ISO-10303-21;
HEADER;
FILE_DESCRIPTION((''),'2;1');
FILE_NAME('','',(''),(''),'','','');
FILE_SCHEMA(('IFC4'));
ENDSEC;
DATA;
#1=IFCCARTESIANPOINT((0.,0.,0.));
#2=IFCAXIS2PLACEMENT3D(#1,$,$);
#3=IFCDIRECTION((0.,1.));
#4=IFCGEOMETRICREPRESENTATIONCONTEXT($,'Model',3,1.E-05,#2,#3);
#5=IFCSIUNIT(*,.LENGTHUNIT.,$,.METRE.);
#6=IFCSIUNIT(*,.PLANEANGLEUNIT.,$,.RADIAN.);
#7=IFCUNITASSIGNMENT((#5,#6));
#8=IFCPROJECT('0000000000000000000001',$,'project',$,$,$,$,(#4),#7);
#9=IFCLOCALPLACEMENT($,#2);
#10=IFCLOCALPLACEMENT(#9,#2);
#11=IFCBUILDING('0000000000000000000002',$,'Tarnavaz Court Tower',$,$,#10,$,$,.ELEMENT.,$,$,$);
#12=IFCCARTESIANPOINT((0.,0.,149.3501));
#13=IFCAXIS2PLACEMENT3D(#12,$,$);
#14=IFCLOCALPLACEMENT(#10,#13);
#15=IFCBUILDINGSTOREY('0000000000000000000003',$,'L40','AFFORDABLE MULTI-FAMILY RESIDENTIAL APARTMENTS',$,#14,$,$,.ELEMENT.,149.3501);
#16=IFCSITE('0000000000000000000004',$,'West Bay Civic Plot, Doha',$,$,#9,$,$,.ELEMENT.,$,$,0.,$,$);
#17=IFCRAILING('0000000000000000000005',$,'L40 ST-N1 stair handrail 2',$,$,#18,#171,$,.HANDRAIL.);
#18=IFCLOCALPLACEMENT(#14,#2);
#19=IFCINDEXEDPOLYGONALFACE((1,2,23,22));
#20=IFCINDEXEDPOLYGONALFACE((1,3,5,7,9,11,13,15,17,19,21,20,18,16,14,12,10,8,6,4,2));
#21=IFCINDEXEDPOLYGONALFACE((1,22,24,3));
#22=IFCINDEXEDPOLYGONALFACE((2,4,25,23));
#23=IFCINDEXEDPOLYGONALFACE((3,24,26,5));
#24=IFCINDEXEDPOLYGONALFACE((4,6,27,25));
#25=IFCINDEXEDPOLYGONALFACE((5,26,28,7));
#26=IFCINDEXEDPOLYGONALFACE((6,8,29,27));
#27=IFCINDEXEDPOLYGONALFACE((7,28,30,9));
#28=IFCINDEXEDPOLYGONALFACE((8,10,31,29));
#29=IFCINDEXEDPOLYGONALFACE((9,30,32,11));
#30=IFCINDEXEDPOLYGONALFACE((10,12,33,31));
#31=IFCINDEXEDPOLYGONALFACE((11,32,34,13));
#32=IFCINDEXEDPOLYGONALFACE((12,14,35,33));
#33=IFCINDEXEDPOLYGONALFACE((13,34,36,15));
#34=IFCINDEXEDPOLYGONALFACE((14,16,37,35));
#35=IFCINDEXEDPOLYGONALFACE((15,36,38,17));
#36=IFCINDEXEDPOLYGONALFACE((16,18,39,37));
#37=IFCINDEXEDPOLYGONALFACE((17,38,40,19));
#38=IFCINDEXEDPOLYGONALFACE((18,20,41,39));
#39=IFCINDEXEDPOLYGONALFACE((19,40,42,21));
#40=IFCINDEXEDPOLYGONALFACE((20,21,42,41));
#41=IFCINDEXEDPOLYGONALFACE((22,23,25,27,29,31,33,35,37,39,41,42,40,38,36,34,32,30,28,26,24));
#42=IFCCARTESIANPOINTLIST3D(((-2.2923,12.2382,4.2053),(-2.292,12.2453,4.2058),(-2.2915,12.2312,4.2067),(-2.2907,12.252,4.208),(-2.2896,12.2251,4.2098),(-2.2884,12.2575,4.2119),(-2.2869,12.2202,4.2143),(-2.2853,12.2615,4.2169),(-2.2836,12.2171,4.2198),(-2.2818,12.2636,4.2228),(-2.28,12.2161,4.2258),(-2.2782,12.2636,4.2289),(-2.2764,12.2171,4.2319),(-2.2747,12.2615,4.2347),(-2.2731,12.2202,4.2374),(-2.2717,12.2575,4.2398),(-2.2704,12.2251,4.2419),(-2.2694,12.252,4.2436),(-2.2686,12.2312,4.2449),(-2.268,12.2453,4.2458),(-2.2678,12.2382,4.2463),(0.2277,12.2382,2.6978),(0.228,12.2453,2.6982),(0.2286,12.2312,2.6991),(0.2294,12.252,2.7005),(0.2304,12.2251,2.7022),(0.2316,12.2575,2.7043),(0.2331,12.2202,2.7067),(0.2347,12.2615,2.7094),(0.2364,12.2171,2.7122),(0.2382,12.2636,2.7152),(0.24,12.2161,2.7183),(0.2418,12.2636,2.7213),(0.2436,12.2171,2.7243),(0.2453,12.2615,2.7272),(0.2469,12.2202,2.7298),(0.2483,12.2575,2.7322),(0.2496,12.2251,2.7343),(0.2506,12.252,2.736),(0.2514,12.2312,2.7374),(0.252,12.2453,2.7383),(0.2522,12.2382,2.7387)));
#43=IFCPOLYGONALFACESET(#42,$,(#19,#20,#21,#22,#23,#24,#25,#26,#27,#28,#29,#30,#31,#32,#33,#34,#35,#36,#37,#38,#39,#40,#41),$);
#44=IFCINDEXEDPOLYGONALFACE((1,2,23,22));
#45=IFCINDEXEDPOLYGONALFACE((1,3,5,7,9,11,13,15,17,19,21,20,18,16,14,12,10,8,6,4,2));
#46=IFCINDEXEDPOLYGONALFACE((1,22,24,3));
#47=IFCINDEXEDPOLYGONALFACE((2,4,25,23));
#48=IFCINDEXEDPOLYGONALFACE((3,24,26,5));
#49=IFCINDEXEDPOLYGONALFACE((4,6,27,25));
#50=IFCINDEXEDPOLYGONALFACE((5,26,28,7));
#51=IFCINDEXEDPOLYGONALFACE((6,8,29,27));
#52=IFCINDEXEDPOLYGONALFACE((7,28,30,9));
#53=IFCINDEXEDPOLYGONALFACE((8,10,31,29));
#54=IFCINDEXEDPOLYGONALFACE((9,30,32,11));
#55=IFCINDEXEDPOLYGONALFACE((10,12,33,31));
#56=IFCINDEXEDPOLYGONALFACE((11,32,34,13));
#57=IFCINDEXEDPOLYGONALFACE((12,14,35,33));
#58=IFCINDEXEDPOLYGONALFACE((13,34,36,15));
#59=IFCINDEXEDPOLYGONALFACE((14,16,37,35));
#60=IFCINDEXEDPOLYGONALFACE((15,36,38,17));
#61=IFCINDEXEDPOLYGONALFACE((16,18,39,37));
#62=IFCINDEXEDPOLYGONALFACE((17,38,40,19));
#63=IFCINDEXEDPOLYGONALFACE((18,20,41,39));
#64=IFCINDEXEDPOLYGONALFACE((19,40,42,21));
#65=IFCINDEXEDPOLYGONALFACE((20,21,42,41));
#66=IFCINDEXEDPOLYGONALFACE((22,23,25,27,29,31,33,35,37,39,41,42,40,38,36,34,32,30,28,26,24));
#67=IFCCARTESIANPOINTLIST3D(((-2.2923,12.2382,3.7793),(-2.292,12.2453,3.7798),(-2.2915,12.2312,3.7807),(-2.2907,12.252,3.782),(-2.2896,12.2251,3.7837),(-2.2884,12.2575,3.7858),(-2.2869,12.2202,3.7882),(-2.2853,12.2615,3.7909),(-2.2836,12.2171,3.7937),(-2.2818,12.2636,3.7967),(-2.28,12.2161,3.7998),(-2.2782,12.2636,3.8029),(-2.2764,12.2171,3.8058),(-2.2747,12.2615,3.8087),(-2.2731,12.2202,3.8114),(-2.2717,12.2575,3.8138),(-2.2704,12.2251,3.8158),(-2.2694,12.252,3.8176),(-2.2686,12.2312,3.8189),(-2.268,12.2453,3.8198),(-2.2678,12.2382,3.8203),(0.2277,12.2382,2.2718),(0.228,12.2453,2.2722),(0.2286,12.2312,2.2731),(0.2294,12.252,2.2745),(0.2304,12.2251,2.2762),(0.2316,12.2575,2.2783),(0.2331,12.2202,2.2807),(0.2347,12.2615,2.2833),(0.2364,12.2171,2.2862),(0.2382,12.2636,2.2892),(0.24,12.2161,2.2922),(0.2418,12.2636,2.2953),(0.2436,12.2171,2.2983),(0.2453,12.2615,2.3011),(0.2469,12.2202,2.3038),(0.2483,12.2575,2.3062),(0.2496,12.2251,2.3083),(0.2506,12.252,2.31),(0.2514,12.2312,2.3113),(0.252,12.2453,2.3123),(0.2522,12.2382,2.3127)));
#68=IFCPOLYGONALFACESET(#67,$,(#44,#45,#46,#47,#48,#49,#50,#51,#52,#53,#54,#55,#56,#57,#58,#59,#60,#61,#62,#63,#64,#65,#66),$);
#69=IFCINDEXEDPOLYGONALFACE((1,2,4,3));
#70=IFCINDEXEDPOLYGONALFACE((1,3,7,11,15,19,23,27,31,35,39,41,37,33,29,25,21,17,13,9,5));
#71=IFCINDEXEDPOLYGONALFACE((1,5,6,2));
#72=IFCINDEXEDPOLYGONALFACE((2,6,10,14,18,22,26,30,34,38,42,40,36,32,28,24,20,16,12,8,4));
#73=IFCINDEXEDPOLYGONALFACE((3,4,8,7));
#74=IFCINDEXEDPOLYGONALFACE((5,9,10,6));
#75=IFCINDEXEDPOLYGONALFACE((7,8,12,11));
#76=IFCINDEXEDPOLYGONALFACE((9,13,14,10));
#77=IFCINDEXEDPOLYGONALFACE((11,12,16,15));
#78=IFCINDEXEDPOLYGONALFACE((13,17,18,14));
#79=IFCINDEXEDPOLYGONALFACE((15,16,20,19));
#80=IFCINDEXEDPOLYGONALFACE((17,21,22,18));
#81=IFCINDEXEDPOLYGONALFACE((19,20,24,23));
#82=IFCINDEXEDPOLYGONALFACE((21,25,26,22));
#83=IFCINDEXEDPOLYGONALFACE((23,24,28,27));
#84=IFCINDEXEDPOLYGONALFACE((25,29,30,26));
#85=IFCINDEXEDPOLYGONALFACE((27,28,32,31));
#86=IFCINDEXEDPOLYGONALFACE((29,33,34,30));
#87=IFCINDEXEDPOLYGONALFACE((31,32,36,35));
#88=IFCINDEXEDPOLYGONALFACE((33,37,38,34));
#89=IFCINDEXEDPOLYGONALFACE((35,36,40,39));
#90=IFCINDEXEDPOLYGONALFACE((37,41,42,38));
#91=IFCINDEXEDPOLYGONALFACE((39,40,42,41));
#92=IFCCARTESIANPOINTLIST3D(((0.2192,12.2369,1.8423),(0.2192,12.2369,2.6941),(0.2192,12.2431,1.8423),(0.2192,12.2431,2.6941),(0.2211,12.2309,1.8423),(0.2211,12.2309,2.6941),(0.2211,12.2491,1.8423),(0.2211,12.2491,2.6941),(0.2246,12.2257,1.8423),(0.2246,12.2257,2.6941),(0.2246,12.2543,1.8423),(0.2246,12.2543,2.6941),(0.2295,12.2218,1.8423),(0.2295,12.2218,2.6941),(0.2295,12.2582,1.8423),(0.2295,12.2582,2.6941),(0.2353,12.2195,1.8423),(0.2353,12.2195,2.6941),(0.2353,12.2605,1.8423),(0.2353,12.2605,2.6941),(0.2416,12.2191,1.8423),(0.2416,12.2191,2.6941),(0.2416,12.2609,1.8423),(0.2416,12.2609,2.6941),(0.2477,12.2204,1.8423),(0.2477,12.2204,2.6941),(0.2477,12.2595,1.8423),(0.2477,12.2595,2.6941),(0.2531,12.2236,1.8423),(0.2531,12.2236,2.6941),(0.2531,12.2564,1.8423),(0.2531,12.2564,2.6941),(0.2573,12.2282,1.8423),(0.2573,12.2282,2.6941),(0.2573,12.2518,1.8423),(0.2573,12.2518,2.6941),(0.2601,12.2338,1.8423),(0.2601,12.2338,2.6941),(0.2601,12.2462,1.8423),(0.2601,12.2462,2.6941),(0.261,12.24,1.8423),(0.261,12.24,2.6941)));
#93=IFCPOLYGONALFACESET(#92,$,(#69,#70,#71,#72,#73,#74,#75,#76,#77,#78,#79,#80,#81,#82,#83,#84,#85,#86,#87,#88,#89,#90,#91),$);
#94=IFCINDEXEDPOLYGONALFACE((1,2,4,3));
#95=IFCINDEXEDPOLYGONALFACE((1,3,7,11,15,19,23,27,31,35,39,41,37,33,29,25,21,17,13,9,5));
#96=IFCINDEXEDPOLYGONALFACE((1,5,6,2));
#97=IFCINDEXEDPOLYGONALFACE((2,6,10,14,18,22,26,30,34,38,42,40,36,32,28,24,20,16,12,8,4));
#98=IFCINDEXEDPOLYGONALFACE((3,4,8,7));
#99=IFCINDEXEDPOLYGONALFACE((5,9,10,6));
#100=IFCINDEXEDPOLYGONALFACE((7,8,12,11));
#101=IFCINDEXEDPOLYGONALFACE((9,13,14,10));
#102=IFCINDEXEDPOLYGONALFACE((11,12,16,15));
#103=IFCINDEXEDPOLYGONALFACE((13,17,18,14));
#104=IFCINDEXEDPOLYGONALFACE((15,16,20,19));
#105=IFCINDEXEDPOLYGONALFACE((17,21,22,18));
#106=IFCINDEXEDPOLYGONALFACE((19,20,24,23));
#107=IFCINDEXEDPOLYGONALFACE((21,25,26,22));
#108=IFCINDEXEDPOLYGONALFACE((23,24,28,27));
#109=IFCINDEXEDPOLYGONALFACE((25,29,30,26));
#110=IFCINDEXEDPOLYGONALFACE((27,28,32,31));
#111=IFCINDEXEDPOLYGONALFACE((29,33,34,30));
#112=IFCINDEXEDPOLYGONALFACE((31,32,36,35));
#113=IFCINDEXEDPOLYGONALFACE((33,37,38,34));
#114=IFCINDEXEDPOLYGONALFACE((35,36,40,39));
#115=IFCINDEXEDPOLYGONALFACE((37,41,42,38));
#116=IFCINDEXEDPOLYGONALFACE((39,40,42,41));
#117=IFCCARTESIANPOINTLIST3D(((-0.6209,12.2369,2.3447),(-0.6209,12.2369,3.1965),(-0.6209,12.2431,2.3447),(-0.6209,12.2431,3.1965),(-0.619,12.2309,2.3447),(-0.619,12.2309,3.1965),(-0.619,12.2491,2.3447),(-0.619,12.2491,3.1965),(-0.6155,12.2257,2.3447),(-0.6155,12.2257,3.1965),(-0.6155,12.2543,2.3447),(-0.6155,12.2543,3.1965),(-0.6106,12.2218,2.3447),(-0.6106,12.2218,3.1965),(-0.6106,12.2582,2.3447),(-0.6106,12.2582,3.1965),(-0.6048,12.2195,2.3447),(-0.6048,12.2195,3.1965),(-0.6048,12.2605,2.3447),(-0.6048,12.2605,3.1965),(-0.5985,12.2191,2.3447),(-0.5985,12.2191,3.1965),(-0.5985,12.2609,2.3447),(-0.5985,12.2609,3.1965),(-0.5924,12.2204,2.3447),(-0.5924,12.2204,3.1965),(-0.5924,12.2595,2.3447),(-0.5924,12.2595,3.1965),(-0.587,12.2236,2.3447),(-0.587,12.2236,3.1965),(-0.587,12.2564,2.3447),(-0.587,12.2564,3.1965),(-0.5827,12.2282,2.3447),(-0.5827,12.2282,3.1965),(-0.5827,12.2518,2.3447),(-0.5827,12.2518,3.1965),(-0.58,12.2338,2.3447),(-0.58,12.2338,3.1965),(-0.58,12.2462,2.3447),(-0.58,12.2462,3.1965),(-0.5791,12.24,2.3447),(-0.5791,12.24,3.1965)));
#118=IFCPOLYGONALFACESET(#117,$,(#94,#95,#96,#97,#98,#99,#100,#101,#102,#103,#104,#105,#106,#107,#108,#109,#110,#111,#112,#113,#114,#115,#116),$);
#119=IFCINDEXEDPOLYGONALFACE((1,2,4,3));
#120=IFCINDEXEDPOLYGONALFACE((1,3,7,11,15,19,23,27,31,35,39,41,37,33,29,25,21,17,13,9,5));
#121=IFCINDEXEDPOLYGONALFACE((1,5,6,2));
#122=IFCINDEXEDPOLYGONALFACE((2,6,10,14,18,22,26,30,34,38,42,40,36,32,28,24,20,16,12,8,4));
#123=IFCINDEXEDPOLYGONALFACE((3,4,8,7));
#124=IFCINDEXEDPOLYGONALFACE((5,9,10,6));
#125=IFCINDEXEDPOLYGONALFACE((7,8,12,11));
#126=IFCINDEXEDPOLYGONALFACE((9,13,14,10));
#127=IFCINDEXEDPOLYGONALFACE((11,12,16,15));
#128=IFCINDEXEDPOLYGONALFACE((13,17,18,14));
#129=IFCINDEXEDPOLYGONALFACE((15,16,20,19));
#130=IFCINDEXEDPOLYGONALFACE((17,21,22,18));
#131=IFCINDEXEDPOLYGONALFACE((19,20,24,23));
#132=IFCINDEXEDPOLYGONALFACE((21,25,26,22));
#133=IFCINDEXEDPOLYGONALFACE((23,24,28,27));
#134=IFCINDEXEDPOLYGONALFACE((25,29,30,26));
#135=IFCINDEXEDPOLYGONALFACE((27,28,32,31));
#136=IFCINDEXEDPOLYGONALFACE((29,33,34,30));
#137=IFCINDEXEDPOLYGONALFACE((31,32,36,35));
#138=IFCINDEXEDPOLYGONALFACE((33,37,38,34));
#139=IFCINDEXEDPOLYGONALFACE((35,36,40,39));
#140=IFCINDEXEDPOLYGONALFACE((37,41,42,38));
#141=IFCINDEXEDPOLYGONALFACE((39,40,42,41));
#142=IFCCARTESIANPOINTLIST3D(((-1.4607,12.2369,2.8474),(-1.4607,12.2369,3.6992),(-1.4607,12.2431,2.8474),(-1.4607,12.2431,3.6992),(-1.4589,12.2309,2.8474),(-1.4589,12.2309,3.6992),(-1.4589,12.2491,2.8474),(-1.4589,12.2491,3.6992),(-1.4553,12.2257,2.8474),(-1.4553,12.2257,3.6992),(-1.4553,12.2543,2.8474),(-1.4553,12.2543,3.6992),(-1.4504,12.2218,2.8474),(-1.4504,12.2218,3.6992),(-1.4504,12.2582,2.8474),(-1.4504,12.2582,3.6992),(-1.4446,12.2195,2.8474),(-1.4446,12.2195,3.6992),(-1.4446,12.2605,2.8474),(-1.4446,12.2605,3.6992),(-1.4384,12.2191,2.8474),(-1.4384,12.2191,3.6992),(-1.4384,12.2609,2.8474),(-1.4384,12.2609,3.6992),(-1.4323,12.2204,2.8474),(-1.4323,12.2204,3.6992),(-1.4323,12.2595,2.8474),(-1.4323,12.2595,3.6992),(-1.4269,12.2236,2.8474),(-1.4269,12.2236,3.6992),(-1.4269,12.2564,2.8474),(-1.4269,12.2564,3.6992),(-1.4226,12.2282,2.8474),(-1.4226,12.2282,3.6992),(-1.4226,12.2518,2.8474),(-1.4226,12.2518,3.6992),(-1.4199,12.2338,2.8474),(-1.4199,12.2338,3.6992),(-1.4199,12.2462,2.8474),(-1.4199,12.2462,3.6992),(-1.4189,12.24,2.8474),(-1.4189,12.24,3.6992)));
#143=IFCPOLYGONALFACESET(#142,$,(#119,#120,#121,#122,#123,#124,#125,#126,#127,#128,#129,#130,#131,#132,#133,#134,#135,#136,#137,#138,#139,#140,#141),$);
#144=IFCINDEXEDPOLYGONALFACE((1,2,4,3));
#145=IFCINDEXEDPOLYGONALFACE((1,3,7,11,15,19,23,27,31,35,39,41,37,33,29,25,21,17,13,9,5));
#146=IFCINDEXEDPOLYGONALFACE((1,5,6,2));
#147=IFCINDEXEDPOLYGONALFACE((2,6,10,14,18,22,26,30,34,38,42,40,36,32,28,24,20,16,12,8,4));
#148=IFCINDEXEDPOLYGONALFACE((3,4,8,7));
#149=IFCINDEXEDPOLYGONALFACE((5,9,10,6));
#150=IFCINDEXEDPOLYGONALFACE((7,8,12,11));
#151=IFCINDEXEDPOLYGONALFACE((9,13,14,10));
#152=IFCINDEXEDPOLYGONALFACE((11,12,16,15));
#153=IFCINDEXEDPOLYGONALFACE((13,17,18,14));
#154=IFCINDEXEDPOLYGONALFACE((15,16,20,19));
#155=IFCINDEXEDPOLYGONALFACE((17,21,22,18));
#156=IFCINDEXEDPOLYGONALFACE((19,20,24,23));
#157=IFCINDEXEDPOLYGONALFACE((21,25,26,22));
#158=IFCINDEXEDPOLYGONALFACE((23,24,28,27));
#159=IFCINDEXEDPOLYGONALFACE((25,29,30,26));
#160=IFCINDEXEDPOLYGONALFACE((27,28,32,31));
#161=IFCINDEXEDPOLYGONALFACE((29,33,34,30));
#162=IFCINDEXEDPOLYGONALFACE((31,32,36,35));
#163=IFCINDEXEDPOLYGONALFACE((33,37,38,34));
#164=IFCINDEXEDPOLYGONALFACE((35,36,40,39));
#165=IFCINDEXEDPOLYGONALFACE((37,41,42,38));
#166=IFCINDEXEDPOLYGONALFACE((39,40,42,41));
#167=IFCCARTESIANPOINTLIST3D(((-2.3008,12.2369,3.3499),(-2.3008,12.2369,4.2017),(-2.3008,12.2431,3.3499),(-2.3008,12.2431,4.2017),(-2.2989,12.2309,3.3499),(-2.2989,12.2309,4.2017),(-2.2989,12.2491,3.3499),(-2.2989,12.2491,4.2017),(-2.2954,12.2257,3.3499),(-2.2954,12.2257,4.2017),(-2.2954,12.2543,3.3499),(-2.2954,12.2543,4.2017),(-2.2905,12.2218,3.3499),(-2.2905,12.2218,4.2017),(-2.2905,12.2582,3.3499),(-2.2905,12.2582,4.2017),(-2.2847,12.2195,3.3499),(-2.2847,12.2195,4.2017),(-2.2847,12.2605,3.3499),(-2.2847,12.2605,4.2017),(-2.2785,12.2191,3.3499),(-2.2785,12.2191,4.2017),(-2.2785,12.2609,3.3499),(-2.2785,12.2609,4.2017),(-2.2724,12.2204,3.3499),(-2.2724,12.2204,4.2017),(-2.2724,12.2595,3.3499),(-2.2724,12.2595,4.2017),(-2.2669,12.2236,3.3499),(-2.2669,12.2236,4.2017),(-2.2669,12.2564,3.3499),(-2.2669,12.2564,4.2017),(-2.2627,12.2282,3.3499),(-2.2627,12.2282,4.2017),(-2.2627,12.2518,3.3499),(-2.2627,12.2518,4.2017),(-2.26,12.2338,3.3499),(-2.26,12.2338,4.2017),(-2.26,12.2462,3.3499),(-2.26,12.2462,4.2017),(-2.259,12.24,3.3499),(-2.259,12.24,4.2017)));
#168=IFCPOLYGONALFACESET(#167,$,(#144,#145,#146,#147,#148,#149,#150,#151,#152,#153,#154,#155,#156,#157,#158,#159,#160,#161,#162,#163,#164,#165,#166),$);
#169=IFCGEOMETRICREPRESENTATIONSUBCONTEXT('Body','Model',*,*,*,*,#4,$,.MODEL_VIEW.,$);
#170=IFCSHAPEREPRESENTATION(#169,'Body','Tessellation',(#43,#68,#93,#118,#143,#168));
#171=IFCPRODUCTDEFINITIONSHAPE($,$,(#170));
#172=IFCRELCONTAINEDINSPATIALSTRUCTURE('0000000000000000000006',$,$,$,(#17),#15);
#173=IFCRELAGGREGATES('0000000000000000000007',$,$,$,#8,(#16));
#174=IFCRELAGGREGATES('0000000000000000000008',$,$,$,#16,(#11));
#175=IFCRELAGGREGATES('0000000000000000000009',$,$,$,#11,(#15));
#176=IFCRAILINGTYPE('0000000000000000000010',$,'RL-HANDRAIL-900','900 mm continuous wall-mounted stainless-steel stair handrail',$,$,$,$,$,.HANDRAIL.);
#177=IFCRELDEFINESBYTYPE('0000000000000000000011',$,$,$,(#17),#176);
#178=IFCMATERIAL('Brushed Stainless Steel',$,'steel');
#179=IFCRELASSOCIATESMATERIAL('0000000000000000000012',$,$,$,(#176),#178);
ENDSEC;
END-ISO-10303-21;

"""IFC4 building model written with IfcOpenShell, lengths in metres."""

from ifc_helpers import new_model, si_unit, direction, frame, origin, origin_2d, place, context, subcontext, project, spatial, circle, extrude, material, type_object, element, save


model = new_model("IFC4")

# Units and contexts
model_context = context("Model", 3, precision=1e-05, world=origin(), true_north=direction((0.0, 1.0)))
body_context = subcontext(model_context, "Body", "Model", "MODEL_VIEW")
ifc_project = project(units=[si_unit("LENGTHUNIT", "METRE"), si_unit("PLANEANGLEUNIT", "RADIAN")], contexts=[model_context])

# Site, building, storey
site_placement = place(None, origin())
site = spatial("IfcSite", under=ifc_project, at=site_placement, Name="West Bay Civic Plot, Doha", CompositionType="ELEMENT", RefElevation=0.0)
building_placement = place(site_placement, origin())
building = spatial("IfcBuilding", under=site, at=building_placement, Name="Tarnavaz Court Tower", CompositionType="ELEMENT")
storey_placement = place(building_placement, frame((0.0, 0.0, 149.3501)))
storey = spatial("IfcBuildingStorey", under=building, at=storey_placement, Name="L40", Description="AFFORDABLE MULTI-FAMILY RESIDENTIAL APARTMENTS", CompositionType="ELEMENT", Elevation=149.3501)

# Railing
ifc_material_1 = material(Name="Brushed Stainless Steel", Category="steel")
railing_type_1 = type_object("IfcRailingType", Name="RL-HANDRAIL-900", Description="900 mm continuous wall-mounted stainless-steel stair handrail", PredefinedType="HANDRAIL", material=ifc_material_1)
railing_1_placement = place(storey_placement, frame((0.24, 12.24, 1.8423)))
element("IfcRailing", 1, at=railing_1_placement, inside=storey, type_object=railing_type_1, Name="L40 ST-N1 stair handrail 2", PredefinedType="HANDRAIL", context=body_context, shape_type="SweptSolid", body=[
    extrude(circle(Radius=0.0239, at=origin_2d()), frame((0.0, 0.0, 0.876), z_axis=(-0.85816, 0.0, 0.513383), x_axis=(0.0, -1.0, 0.0)), (0.0, 0.0, 1.0), 2.9365),
    extrude(circle(Radius=0.0239, at=origin_2d()), frame((0.0, 0.0, 0.45), z_axis=(-0.85816, 0.0, 0.513383), x_axis=(0.0, -1.0, 0.0)), (0.0, 0.0, 1.0), 2.9365),
    extrude(circle(Radius=0.021, at=origin_2d()), origin(), (0.0, 0.0, 1.0), 0.8518),
    extrude(circle(Radius=0.021, at=origin_2d()), frame((-0.8401, 0.0, 0.5024)), (0.0, 0.0, 1.0), 0.8518),
    extrude(circle(Radius=0.021, at=origin_2d()), frame((-1.6799, 0.0, 1.0051)), (0.0, 0.0, 1.0), 0.8518),
    extrude(circle(Radius=0.021, at=origin_2d()), frame((-2.52, 0.0, 1.5076)), (0.0, 0.0, 1.0), 0.8518),
])

save(model, "model.ifc")
